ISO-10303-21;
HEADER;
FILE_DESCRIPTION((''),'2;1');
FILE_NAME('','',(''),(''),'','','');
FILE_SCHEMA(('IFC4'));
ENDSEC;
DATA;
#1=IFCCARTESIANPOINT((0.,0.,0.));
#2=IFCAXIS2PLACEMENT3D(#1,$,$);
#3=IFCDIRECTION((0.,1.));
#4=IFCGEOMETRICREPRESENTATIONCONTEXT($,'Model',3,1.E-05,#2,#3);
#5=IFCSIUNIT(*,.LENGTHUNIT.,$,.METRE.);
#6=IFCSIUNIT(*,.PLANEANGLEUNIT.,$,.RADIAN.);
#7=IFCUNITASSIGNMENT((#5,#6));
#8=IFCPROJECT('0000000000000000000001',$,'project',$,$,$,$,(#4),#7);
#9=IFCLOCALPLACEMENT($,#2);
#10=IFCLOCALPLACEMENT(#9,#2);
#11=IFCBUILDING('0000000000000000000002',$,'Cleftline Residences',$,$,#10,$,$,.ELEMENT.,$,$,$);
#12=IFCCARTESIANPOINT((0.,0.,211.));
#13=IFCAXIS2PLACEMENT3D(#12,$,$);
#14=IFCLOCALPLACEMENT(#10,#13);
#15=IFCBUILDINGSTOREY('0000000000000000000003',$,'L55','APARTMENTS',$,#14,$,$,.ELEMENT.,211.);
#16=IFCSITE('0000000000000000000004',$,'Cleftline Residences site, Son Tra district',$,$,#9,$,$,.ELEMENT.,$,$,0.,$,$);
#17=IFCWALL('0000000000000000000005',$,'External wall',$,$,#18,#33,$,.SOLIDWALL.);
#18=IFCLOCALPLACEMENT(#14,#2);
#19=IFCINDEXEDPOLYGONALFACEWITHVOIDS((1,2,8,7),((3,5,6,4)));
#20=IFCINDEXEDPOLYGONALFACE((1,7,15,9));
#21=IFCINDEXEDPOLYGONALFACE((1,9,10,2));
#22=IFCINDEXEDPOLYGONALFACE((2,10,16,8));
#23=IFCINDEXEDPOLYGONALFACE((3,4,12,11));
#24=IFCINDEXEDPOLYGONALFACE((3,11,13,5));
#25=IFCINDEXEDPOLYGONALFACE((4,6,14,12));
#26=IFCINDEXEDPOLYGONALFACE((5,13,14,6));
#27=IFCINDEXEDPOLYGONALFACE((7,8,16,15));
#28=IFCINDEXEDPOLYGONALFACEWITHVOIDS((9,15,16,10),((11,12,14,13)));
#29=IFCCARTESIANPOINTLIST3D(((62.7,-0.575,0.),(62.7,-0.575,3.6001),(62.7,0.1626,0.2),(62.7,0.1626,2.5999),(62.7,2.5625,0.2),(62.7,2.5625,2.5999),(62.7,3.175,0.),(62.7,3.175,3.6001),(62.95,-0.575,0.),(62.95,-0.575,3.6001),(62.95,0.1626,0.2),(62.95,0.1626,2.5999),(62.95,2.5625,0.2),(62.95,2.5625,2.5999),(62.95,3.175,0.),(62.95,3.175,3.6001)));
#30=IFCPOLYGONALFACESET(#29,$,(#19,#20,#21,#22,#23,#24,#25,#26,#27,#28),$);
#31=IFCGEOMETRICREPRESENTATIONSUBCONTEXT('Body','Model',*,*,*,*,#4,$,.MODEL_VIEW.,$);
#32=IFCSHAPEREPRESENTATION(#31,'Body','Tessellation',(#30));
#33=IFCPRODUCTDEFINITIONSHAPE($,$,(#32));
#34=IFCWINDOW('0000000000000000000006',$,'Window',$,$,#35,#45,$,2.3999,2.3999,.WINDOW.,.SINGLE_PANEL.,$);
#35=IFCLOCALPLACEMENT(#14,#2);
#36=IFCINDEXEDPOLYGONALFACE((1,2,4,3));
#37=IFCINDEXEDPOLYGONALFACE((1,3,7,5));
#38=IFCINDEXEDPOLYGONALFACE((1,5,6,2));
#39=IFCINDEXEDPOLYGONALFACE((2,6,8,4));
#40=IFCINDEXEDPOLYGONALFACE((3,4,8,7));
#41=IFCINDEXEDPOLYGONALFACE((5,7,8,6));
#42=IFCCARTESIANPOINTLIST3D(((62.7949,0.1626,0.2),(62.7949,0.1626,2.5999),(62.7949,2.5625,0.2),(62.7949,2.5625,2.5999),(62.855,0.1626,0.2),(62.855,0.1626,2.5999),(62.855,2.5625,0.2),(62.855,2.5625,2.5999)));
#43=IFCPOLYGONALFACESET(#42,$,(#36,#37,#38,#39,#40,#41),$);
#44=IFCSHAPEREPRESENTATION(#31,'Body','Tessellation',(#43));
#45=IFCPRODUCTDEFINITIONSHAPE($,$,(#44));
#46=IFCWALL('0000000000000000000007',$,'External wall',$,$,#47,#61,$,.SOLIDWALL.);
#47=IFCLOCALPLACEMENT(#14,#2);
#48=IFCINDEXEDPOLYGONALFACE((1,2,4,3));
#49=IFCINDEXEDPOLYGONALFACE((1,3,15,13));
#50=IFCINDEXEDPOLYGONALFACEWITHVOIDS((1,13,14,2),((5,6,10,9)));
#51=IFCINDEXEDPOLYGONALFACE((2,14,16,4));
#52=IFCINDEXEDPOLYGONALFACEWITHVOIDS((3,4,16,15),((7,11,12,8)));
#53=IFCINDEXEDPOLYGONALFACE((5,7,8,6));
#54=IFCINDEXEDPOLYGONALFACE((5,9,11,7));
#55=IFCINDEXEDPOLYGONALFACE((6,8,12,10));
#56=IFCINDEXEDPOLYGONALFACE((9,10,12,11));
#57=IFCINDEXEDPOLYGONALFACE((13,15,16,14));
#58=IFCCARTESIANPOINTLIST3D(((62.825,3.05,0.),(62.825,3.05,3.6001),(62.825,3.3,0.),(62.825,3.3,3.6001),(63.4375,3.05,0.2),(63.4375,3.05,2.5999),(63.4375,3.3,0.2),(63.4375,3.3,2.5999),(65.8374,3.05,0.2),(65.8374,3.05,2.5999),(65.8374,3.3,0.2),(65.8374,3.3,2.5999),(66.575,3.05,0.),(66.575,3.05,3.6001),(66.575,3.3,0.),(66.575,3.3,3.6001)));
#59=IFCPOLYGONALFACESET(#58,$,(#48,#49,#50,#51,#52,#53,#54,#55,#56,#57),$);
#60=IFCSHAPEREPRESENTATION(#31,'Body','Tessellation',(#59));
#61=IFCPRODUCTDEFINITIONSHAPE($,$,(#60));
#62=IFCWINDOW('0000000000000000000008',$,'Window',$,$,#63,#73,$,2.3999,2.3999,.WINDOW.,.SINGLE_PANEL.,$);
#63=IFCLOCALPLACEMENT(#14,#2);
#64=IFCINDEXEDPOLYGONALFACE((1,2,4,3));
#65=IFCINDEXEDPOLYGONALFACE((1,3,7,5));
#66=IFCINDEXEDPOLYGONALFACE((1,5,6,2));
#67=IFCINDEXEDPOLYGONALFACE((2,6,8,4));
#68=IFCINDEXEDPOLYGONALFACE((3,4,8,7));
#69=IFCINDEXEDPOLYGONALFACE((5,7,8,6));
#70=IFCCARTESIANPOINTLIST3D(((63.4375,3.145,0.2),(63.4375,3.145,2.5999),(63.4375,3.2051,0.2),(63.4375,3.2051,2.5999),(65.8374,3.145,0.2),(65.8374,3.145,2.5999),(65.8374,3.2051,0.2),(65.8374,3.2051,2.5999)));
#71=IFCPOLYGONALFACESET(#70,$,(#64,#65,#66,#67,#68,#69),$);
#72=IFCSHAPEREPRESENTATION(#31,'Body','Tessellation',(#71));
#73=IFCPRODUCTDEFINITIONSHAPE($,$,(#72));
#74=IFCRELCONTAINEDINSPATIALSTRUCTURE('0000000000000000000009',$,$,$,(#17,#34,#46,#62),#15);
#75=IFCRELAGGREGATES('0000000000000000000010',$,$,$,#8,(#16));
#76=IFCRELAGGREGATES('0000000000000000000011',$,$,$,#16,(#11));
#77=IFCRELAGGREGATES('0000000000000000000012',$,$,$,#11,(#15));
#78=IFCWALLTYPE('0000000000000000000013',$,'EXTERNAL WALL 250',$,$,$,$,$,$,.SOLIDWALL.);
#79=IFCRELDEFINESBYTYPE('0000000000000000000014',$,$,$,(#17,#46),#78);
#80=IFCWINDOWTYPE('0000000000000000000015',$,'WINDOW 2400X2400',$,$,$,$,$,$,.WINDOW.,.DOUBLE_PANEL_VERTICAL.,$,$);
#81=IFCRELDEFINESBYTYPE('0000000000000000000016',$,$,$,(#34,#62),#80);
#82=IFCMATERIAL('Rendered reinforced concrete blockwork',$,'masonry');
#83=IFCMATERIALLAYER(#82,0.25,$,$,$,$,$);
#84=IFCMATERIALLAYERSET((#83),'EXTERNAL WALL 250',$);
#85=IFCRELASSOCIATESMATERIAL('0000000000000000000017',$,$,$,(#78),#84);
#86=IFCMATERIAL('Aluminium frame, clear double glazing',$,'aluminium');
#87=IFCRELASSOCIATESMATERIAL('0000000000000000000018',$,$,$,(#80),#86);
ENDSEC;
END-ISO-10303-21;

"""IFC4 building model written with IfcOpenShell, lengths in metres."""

from ifc_helpers import new_model, si_unit, direction, frame, frame_2d, origin, place, context, subcontext, project, spatial, rectangle, extrude, material, layer, layer_set, type_object, element, fill, save


model = new_model("IFC4")

# Units and contexts
model_context = context("Model", 3, precision=1e-05, world=origin(), true_north=direction((0.0, 1.0)))
body_context = subcontext(model_context, "Body", "Model", "MODEL_VIEW")
ifc_project = project(units=[si_unit("LENGTHUNIT", "METRE"), si_unit("PLANEANGLEUNIT", "RADIAN")], contexts=[model_context])

# Site, building, storey
site_placement = place(None, origin())
site = spatial("IfcSite", under=ifc_project, at=site_placement, Name="Cleftline Residences site, Son Tra district", CompositionType="ELEMENT", RefElevation=0.0)
building_placement = place(site_placement, origin())
building = spatial("IfcBuilding", under=site, at=building_placement, Name="Cleftline Residences", CompositionType="ELEMENT")
storey_placement = place(building_placement, frame((0.0, 0.0, 211.0)))
storey = spatial("IfcBuildingStorey", under=building, at=storey_placement, Name="L55", Description="APARTMENTS", CompositionType="ELEMENT", Elevation=211.0)

# Walls, openings, windows
ifc_material_1 = material(Name="Rendered reinforced concrete blockwork", Category="masonry")
ifc_layer_1 = layer(ifc_material_1, 0.25)
ifc_layer_set_1 = layer_set([ifc_layer_1], Name="EXTERNAL WALL 250")
wall_type_1 = type_object("IfcWallType", Name="EXTERNAL WALL 250", PredefinedType="SOLIDWALL", material=ifc_layer_set_1)
wall_1_placement = place(storey_placement, frame((62.825, -0.575, 0.0), z_axis=(0.0, 0.0, 1.0), x_axis=(0.0, 1.0, 0.0)))
wall_1 = element("IfcWall", 1, at=wall_1_placement, inside=storey, type_object=wall_type_1, Name="External wall", PredefinedType="SOLIDWALL", context=body_context, shape_type="SweptSolid", body=[
    extrude(rectangle(XDim=3.75, YDim=0.25, at=frame_2d((1.875, 0.0))), origin(), (0.0, 0.0, 1.0), 3.6001),
])
opening_1_placement = place(wall_1_placement, frame((0.7375, 0.0, 0.2)))
opening_1 = element("IfcOpeningElement", 2, at=opening_1_placement, cuts=wall_1, PredefinedType="OPENING", context=body_context, shape_type="SweptSolid", body=[
    extrude(rectangle(XDim=2.3999, YDim=2.3999, at=frame_2d((1.2, 1.2))), frame((0.0, 0.135, 0.0), z_axis=(0.0, -1.0, 0.0), x_axis=(1.0, 0.0, 0.0)), (0.0, 0.0, 1.0), 0.27),
])
ifc_material_2 = material(Name="Aluminium frame, clear double glazing", Category="aluminium")
window_type_1 = type_object("IfcWindowType", Name="WINDOW 2400X2400", PartitioningType="DOUBLE_PANEL_VERTICAL", PredefinedType="WINDOW", material=ifc_material_2)
window_1_placement = place(opening_1_placement, origin())
window_1 = element("IfcWindow", 3, at=window_1_placement, inside=storey, type_object=window_type_1, Name="Window", OverallHeight=2.3999, OverallWidth=2.3999, PartitioningType="SINGLE_PANEL", PredefinedType="WINDOW", context=body_context, shape_type="SweptSolid", body=[
    extrude(rectangle(XDim=2.3999, YDim=2.3999, at=frame_2d((1.2, 1.2))), frame((0.0, 0.03, 0.0), z_axis=(0.0, -1.0, 0.0), x_axis=(1.0, 0.0, 0.0)), (0.0, 0.0, 1.0), 0.0601),
])
fill(opening_1, window_1)
wall_2_placement = place(storey_placement, frame((62.825, 3.175, 0.0), z_axis=(0.0, 0.0, 1.0), x_axis=(1.0, 0.0, 0.0)))
wall_2 = element("IfcWall", 4, at=wall_2_placement, inside=storey, type_object=wall_type_1, Name="External wall", PredefinedType="SOLIDWALL", context=body_context, shape_type="SweptSolid", body=[
    extrude(rectangle(XDim=3.75, YDim=0.25, at=frame_2d((1.875, 0.0))), origin(), (0.0, 0.0, 1.0), 3.6001),
])
opening_2_placement = place(wall_2_placement, frame((0.6125, 0.0, 0.2)))
opening_2 = element("IfcOpeningElement", 5, at=opening_2_placement, cuts=wall_2, PredefinedType="OPENING", context=body_context, shape_type="SweptSolid", body=[
    extrude(rectangle(XDim=2.3999, YDim=2.3999, at=frame_2d((1.2, 1.2))), frame((0.0, 0.135, 0.0), z_axis=(0.0, -1.0, 0.0), x_axis=(1.0, 0.0, 0.0)), (0.0, 0.0, 1.0), 0.27),
])
window_2_placement = place(opening_2_placement, origin())
window_2 = element("IfcWindow", 6, at=window_2_placement, inside=storey, type_object=window_type_1, Name="Window", OverallHeight=2.3999, OverallWidth=2.3999, PartitioningType="SINGLE_PANEL", PredefinedType="WINDOW", context=body_context, shape_type="SweptSolid", body=[
    extrude(rectangle(XDim=2.3999, YDim=2.3999, at=frame_2d((1.2, 1.2))), frame((0.0, 0.03, 0.0), z_axis=(0.0, -1.0, 0.0), x_axis=(1.0, 0.0, 0.0)), (0.0, 0.0, 1.0), 0.0601),
])
fill(opening_2, window_2)

save(model, "model.ifc")
